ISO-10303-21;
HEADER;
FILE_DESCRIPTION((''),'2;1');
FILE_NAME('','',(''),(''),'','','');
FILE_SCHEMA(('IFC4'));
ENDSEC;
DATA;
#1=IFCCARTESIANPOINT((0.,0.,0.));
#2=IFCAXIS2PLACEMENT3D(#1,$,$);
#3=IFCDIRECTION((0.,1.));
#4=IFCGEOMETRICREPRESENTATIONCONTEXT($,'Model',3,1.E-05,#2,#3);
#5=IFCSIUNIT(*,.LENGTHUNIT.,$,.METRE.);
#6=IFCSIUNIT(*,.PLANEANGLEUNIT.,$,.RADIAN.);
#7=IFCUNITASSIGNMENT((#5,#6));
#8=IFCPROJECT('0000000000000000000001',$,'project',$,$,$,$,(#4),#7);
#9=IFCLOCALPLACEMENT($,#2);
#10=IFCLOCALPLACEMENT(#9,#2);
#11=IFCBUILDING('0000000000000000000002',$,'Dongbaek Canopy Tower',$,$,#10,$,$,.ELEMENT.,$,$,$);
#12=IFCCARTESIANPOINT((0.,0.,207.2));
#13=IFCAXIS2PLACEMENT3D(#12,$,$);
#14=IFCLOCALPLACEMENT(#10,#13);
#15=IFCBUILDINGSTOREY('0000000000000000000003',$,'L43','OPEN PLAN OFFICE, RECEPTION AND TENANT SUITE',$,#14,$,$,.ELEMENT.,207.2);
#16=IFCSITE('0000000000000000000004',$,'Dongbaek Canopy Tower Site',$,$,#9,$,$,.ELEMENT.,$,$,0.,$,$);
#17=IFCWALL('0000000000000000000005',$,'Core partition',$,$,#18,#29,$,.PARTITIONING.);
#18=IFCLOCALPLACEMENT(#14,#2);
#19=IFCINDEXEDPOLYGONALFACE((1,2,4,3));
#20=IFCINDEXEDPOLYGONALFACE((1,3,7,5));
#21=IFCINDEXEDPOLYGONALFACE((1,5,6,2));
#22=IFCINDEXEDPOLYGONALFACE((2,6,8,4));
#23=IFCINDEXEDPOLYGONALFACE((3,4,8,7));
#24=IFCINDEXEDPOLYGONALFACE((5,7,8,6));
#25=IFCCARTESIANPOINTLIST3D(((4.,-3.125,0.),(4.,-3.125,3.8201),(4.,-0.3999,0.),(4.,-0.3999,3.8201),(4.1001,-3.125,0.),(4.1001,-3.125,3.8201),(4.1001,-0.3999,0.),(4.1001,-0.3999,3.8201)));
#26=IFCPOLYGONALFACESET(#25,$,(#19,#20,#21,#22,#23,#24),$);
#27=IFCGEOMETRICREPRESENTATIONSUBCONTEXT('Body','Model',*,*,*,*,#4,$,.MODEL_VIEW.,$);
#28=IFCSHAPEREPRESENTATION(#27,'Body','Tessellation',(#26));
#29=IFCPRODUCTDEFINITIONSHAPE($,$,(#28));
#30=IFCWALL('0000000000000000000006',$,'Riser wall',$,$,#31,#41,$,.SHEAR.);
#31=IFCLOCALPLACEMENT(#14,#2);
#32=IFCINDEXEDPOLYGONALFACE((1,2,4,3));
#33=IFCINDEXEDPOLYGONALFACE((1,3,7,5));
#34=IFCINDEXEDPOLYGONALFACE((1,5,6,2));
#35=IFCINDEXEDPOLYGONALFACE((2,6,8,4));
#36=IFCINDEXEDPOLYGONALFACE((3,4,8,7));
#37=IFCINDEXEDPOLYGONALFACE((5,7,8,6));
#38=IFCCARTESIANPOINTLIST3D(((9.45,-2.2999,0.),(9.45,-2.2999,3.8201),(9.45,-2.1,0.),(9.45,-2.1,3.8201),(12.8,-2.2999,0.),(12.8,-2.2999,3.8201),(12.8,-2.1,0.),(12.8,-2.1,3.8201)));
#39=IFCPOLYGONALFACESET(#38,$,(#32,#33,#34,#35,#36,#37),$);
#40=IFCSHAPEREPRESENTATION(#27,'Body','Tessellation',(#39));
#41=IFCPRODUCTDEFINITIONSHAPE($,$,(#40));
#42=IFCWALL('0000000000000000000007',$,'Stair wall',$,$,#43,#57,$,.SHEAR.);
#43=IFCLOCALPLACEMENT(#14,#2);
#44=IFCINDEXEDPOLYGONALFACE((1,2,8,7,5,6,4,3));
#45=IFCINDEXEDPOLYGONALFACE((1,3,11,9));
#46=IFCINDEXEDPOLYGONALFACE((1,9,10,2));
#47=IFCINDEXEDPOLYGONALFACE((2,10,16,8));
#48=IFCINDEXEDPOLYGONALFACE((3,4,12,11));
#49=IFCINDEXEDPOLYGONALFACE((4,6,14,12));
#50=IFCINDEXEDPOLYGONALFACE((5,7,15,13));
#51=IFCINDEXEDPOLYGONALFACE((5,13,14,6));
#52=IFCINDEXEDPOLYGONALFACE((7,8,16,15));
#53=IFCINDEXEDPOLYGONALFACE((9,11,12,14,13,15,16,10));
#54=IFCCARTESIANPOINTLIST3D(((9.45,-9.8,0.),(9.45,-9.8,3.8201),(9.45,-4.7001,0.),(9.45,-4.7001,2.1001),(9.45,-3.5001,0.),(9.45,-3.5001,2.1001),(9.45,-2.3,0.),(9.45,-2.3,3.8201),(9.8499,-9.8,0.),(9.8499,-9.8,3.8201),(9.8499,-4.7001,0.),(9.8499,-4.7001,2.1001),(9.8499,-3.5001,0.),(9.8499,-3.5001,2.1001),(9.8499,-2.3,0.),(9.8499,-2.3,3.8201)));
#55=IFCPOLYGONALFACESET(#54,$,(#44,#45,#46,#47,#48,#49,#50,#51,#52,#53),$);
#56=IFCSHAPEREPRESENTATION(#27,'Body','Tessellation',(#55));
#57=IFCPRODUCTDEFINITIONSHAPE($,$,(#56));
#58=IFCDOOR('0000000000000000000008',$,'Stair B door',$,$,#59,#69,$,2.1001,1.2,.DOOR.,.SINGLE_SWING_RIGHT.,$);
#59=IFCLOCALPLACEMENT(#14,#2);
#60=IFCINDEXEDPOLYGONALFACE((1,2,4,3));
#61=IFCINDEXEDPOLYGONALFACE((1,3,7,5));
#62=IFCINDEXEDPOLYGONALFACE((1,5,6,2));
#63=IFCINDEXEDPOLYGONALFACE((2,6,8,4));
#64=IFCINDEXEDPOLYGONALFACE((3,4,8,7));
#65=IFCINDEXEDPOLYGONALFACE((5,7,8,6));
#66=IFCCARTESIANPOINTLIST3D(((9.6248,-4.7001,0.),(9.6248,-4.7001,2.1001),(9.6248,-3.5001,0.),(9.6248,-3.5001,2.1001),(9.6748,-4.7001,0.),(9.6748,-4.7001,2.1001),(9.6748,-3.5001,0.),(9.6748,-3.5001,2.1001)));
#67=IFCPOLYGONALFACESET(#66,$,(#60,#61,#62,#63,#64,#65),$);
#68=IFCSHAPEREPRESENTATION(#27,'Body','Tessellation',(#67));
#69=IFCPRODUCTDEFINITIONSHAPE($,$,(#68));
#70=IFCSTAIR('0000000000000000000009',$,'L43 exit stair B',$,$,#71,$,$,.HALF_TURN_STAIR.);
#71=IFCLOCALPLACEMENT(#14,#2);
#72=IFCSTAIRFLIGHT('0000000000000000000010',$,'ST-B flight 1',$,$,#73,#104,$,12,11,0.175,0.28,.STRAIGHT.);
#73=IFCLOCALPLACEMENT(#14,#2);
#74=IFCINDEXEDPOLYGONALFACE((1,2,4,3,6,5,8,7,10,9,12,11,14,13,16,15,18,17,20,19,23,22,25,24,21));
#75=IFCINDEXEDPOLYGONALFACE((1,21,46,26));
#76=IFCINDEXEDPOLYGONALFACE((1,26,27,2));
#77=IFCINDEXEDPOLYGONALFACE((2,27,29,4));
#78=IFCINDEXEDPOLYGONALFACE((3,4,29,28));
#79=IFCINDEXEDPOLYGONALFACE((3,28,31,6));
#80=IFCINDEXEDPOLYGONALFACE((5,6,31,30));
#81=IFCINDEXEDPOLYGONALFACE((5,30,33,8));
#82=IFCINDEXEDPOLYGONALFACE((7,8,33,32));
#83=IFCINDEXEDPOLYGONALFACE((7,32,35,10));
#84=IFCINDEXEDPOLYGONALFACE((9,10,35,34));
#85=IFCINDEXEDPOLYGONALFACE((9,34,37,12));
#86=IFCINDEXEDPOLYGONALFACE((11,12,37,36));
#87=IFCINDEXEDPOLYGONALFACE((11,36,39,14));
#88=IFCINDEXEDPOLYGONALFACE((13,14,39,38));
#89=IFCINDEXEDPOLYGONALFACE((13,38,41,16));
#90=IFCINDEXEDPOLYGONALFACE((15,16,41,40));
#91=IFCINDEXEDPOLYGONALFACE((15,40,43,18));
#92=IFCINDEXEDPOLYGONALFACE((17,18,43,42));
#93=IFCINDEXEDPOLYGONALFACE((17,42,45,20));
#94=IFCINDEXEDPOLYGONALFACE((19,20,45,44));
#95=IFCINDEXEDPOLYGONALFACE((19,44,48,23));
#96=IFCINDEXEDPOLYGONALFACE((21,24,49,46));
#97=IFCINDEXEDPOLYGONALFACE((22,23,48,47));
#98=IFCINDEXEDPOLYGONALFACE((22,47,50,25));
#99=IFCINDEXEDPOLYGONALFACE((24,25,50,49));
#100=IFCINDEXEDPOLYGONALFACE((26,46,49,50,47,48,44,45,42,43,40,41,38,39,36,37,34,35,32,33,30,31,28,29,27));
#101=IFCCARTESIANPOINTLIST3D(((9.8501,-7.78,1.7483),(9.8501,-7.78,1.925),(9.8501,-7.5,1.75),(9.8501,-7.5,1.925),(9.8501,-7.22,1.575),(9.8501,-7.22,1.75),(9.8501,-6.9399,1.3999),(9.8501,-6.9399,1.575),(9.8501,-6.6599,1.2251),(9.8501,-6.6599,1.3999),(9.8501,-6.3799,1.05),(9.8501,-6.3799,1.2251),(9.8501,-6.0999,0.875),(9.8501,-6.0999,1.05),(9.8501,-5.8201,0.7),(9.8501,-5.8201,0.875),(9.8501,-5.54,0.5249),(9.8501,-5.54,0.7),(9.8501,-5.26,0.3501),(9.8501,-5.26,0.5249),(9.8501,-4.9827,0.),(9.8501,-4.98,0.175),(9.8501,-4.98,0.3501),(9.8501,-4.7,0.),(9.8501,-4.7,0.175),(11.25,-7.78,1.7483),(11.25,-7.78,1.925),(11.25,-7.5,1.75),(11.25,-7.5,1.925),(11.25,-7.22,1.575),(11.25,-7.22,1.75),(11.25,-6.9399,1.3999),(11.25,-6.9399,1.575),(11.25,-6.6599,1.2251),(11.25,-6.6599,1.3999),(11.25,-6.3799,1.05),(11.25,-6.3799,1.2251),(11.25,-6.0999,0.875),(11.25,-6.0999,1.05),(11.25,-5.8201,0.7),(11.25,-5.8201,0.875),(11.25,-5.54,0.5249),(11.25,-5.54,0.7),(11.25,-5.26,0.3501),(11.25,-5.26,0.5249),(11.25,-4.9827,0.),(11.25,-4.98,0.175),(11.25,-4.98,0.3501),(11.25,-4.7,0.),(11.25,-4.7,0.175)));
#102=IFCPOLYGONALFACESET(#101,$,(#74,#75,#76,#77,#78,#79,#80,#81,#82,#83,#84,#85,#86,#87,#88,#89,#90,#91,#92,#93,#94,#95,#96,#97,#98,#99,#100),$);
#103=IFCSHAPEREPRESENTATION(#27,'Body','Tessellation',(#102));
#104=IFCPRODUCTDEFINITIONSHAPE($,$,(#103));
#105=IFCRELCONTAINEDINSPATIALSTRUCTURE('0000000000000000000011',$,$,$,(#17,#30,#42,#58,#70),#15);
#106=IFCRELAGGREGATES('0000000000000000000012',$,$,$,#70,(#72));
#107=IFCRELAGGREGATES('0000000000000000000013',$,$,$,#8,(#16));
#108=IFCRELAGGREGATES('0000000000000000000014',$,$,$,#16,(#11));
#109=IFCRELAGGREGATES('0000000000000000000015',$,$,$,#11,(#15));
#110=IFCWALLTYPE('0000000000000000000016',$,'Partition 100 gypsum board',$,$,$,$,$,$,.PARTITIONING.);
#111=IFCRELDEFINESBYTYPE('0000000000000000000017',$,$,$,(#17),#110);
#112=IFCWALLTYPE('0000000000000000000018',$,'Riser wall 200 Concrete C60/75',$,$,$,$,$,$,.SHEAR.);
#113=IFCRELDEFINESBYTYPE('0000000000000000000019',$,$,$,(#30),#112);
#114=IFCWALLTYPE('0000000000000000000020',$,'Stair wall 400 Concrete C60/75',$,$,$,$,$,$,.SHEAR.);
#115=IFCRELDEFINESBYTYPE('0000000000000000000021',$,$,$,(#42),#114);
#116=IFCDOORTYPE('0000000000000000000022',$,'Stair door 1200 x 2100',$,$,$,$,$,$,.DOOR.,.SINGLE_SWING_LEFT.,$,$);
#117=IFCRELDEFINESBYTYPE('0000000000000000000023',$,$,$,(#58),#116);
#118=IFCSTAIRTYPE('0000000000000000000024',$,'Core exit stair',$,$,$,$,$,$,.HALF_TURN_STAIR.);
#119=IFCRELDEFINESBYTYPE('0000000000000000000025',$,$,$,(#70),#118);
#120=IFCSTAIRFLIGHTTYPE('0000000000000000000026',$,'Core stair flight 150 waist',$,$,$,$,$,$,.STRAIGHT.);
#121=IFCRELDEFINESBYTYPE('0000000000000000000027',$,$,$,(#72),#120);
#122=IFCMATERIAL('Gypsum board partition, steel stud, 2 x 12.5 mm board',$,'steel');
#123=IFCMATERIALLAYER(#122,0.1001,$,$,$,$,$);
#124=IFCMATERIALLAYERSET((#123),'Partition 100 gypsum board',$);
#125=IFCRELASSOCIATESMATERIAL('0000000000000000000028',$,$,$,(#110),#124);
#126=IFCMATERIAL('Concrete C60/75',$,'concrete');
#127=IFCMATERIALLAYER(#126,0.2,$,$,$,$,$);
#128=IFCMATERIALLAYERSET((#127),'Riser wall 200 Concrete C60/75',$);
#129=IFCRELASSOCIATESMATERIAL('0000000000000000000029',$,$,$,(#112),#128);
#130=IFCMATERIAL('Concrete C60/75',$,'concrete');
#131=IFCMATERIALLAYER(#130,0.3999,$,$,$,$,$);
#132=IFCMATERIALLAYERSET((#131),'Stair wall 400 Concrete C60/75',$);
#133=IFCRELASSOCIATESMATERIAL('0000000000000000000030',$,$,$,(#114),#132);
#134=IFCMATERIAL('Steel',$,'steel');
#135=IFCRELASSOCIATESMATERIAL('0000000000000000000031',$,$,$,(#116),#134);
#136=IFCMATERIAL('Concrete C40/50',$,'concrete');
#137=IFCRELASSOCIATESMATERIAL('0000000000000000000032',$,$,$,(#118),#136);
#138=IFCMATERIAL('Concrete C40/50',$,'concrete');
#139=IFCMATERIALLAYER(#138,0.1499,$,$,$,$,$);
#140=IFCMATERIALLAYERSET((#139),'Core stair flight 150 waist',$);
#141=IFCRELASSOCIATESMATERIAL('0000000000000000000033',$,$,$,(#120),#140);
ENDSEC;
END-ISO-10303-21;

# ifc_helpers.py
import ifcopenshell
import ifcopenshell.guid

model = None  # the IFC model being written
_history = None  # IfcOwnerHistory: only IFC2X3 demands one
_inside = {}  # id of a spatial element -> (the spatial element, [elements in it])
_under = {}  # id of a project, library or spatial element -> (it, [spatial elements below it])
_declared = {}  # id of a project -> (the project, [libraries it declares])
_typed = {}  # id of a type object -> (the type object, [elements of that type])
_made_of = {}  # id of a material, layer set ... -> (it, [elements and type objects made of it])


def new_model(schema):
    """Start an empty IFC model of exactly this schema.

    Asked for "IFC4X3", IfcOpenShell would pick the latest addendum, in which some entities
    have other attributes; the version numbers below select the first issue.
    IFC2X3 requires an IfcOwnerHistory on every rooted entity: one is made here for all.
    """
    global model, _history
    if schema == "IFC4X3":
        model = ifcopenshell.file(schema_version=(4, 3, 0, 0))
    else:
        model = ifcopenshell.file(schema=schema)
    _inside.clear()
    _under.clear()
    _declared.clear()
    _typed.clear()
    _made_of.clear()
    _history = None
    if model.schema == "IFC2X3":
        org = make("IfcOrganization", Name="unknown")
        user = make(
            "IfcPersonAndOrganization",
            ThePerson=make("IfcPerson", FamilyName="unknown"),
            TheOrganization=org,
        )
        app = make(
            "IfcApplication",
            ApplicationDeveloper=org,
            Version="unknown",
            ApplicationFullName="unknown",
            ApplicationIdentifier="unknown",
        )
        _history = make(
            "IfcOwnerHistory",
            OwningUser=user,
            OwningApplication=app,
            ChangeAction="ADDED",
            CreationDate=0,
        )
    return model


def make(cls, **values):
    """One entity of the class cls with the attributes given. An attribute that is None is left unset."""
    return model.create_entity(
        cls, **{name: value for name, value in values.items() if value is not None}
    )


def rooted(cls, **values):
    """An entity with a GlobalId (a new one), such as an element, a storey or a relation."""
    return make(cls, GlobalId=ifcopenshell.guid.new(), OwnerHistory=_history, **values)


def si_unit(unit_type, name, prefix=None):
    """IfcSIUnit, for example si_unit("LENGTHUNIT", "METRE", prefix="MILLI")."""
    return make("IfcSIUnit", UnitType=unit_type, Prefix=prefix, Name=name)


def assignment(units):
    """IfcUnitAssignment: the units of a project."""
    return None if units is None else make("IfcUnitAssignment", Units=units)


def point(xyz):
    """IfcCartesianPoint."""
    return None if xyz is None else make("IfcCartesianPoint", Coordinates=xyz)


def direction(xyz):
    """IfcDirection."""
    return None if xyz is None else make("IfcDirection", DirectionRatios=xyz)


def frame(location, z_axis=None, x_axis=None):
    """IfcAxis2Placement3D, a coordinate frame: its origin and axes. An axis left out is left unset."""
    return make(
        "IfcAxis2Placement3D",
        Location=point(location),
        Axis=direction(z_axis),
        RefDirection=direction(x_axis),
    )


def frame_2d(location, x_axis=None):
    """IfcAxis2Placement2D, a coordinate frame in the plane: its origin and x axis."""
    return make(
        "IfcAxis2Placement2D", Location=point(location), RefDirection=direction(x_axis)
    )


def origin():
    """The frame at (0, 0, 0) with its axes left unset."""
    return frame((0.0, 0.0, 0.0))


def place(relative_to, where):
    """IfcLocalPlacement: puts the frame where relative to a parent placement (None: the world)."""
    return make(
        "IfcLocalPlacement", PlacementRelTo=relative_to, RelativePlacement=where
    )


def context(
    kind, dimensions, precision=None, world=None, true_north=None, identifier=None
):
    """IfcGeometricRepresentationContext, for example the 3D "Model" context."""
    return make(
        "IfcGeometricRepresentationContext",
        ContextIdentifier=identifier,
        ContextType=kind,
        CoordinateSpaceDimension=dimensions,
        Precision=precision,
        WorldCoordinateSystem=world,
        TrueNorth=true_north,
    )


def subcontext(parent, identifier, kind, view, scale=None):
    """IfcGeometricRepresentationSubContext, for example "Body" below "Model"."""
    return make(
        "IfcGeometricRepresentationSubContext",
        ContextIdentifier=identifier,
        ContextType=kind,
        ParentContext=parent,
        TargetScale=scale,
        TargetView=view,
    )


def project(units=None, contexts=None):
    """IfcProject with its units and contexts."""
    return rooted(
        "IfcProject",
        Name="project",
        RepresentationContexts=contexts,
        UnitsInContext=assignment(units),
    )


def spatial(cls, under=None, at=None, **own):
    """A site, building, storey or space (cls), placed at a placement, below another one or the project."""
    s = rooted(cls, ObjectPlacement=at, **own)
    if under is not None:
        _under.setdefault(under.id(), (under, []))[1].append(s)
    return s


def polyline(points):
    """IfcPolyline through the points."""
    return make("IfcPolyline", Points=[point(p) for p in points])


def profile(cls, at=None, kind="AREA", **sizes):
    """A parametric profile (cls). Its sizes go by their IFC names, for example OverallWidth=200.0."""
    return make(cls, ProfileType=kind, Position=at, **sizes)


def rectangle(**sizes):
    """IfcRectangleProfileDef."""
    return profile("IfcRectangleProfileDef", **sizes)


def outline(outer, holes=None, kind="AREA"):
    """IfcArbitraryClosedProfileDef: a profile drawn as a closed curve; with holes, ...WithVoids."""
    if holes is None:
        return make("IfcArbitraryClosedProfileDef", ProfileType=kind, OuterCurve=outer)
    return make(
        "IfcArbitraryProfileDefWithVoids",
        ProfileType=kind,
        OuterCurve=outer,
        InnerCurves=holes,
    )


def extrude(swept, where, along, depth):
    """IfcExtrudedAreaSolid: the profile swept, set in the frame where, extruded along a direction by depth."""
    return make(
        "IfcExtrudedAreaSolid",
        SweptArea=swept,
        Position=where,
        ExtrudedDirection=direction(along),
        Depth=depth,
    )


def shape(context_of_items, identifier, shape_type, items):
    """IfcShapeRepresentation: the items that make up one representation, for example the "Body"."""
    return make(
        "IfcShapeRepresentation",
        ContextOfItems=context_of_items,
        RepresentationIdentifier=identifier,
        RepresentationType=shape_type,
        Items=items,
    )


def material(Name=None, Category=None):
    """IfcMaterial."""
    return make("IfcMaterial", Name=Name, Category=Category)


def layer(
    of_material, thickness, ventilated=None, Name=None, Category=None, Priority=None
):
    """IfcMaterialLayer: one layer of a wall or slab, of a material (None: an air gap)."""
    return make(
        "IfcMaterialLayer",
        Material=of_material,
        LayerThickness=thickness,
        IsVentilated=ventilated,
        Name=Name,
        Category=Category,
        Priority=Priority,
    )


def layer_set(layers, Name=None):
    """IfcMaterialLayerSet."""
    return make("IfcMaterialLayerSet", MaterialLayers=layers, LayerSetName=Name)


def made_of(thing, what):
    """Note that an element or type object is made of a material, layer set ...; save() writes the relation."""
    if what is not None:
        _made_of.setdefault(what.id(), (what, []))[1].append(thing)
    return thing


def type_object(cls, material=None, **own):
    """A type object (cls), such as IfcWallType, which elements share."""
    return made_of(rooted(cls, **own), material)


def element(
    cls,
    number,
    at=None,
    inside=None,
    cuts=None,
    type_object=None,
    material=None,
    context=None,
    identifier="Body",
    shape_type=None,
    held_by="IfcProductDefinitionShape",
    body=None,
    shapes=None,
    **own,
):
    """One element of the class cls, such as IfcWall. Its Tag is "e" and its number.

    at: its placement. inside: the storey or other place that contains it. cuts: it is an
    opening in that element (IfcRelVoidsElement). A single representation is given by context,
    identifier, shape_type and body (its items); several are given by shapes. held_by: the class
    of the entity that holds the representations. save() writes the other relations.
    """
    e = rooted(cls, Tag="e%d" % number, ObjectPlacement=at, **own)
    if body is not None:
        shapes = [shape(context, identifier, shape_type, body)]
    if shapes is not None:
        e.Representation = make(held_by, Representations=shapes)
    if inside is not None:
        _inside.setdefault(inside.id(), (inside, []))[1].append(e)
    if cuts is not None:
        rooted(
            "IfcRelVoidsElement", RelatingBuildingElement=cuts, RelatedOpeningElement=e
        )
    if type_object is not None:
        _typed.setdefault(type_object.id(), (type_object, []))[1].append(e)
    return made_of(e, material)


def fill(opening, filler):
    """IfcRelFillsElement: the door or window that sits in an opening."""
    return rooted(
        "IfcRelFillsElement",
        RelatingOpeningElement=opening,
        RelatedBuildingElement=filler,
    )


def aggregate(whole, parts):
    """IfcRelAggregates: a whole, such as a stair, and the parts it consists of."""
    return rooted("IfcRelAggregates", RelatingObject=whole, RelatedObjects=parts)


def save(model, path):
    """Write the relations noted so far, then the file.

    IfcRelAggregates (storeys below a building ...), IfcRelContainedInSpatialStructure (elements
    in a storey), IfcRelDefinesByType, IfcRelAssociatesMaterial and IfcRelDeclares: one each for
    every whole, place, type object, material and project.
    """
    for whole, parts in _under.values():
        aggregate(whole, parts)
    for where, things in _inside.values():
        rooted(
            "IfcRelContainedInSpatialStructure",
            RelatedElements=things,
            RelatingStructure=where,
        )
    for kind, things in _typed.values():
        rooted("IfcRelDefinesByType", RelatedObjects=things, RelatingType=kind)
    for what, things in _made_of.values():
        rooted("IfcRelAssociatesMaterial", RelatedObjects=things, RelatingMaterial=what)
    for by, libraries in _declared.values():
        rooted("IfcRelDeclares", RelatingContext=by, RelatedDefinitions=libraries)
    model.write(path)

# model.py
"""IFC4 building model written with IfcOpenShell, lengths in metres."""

from ifc_helpers import new_model, si_unit, direction, frame, frame_2d, origin, place, context, subcontext, project, spatial, polyline, rectangle, outline, extrude, material, layer, layer_set, type_object, element, fill, aggregate, save


model = new_model("IFC4")

# Units and contexts
model_context = context("Model", 3, precision=1e-05, world=origin(), true_north=direction((0.0, 1.0)))
body_context = subcontext(model_context, "Body", "Model", "MODEL_VIEW")
ifc_project = project(units=[si_unit("LENGTHUNIT", "METRE"), si_unit("PLANEANGLEUNIT", "RADIAN")], contexts=[model_context])

# Site, building, storey
site_placement = place(None, origin())
site = spatial("IfcSite", under=ifc_project, at=site_placement, Name="Dongbaek Canopy Tower Site", CompositionType="ELEMENT", RefElevation=0.0)
building_placement = place(site_placement, origin())
building = spatial("IfcBuilding", under=site, at=building_placement, Name="Dongbaek Canopy Tower", CompositionType="ELEMENT")
storey_placement = place(building_placement, frame((0.0, 0.0, 207.2)))
storey = spatial("IfcBuildingStorey", under=building, at=storey_placement, Name="L43", Description="OPEN PLAN OFFICE, RECEPTION AND TENANT SUITE", CompositionType="ELEMENT", Elevation=207.2)

# Walls
ifc_material_1 = material(Name="Gypsum board partition, steel stud, 2 x 12.5 mm board", Category="steel")
ifc_layer_1 = layer(ifc_material_1, 0.1001)
ifc_layer_set_1 = layer_set([ifc_layer_1], Name="Partition 100 gypsum board")
wall_type_1 = type_object("IfcWallType", Name="Partition 100 gypsum board", PredefinedType="PARTITIONING", material=ifc_layer_set_1)
wall_1_placement = place(storey_placement, frame((4.05, -3.125, 0.0), z_axis=(0.0, 0.0, 1.0), x_axis=(0.0, 1.0, 0.0)))
element("IfcWall", 1, at=wall_1_placement, inside=storey, type_object=wall_type_1, Name="Core partition", PredefinedType="PARTITIONING", context=body_context, shape_type="SweptSolid", body=[
    extrude(rectangle(XDim=2.7251, YDim=0.1001, at=frame_2d((1.3625, 0.0))), origin(), (0.0, 0.0, 1.0), 3.8201),
])
ifc_material_2 = material(Name="Concrete C60/75", Category="concrete")
ifc_layer_2 = layer(ifc_material_2, 0.2)
ifc_layer_set_2 = layer_set([ifc_layer_2], Name="Riser wall 200 Concrete C60/75")
wall_type_2 = type_object("IfcWallType", Name="Riser wall 200 Concrete C60/75", PredefinedType="SHEAR", material=ifc_layer_set_2)
wall_2_placement = place(storey_placement, frame((9.45, -2.2, 0.0), z_axis=(0.0, 0.0, 1.0), x_axis=(1.0, 0.0, 0.0)))
element("IfcWall", 2, at=wall_2_placement, inside=storey, type_object=wall_type_2, Name="Riser wall", PredefinedType="SHEAR", context=body_context, shape_type="SweptSolid", body=[
    extrude(rectangle(XDim=3.3501, YDim=0.2, at=frame_2d((1.675, 0.0))), origin(), (0.0, 0.0, 1.0), 3.8201),
])

# Wall, opening, door
ifc_material_3 = material(Name="Concrete C60/75", Category="concrete")
ifc_layer_3 = layer(ifc_material_3, 0.3999)
ifc_layer_set_3 = layer_set([ifc_layer_3], Name="Stair wall 400 Concrete C60/75")
wall_type_3 = type_object("IfcWallType", Name="Stair wall 400 Concrete C60/75", PredefinedType="SHEAR", material=ifc_layer_set_3)
wall_3_placement = place(storey_placement, frame((9.6499, -2.3, 0.0), z_axis=(0.0, 0.0, 1.0), x_axis=(0.0, -1.0, 0.0)))
wall_3 = element("IfcWall", 3, at=wall_3_placement, inside=storey, type_object=wall_type_3, Name="Stair wall", PredefinedType="SHEAR", context=body_context, shape_type="SweptSolid", body=[
    extrude(rectangle(XDim=7.5, YDim=0.3999, at=frame_2d((3.75, 0.0))), origin(), (0.0, 0.0, 1.0), 3.8201),
])
opening_1_placement = place(wall_3_placement, frame((1.2, 0.0, 0.0)))
opening_1 = element("IfcOpeningElement", 4, at=opening_1_placement, cuts=wall_3, PredefinedType="OPENING", context=body_context, shape_type="SweptSolid", body=[
    extrude(rectangle(XDim=1.2, YDim=2.1001, at=frame_2d((0.6001, 1.05))), frame((0.0, 0.21, 0.0), z_axis=(0.0, -1.0, 0.0), x_axis=(1.0, 0.0, 0.0)), (0.0, 0.0, 1.0), 0.4199),
])
ifc_material_4 = material(Name="Steel", Category="steel")
door_type_1 = type_object("IfcDoorType", Name="Stair door 1200 x 2100", OperationType="SINGLE_SWING_LEFT", PredefinedType="DOOR", material=ifc_material_4)
door_1_placement = place(opening_1_placement, origin())
door_1 = element("IfcDoor", 5, at=door_1_placement, inside=storey, type_object=door_type_1, Name="Stair B door", OperationType="SINGLE_SWING_RIGHT", OverallHeight=2.1001, OverallWidth=1.2, PredefinedType="DOOR", context=body_context, shape_type="SweptSolid", body=[
    extrude(rectangle(XDim=1.2, YDim=2.1001, at=frame_2d((0.6001, 1.05))), frame((0.0, 0.0249, 0.0), z_axis=(0.0, -1.0, 0.0), x_axis=(1.0, 0.0, 0.0)), (0.0, 0.0, 1.0), 0.05),
])
fill(opening_1, door_1)

# Stair, stair flight
ifc_material_5 = material(Name="Concrete C40/50", Category="concrete")
stair_type = type_object("IfcStairType", Name="Core exit stair", PredefinedType="HALF_TURN_STAIR", material=ifc_material_5)
stair_placement = place(storey_placement, origin())
stair = element("IfcStair", 6, at=stair_placement, inside=storey, type_object=stair_type, Name="L43 exit stair B", PredefinedType="HALF_TURN_STAIR")
ifc_material_6 = material(Name="Concrete C40/50", Category="concrete")
ifc_layer_4 = layer(ifc_material_6, 0.1499)
ifc_layer_set_4 = layer_set([ifc_layer_4], Name="Core stair flight 150 waist")
stair_flight_type = type_object("IfcStairFlightType", Name="Core stair flight 150 waist", PredefinedType="STRAIGHT", material=ifc_layer_set_4)
stair_flight_placement = place(storey_placement, frame((10.55, -4.7, 0.0), z_axis=(0.0, 0.0, 1.0), x_axis=(0.0, -1.0, 0.0)))
stair_flight = element("IfcStairFlight", 7, at=stair_flight_placement, type_object=stair_flight_type, Name="ST-B flight 1", NumberOfRisers=12, NumberOfTreads=11, PredefinedType="STRAIGHT", RiserHeight=0.175, TreadLength=0.28, context=body_context, shape_type="SweptSolid", body=[
    extrude(outline(polyline([(0.0, 0.0), (0.0, 0.175), (0.28, 0.175), (0.28, 0.3501), (0.5601, 0.3501), (0.5601, 0.5249), (0.8401, 0.5249), (0.8401, 0.7), (1.1201, 0.7), (1.1201, 0.875), (1.3999, 0.875), (1.3999, 1.05), (1.6799, 1.05), (1.6799, 1.2251), (1.96, 1.2251), (1.96, 1.3999), (2.24, 1.3999), (2.24, 1.575), (2.52, 1.575), (2.52, 1.75), (2.8, 1.75), (2.8, 1.925), (3.0801, 1.925), (3.0801, 2.1001), (3.0801, 1.7483), (0.2827, 0.0), (0.0, 0.0)])), frame((0.0, 0.7, 0.0), z_axis=(0.0, -1.0, 0.0), x_axis=(1.0, 0.0, 0.0)), (0.0, 0.0, 1.0), 1.3999),
])
aggregate(stair, [stair_flight])

save(model, "model.ifc")
